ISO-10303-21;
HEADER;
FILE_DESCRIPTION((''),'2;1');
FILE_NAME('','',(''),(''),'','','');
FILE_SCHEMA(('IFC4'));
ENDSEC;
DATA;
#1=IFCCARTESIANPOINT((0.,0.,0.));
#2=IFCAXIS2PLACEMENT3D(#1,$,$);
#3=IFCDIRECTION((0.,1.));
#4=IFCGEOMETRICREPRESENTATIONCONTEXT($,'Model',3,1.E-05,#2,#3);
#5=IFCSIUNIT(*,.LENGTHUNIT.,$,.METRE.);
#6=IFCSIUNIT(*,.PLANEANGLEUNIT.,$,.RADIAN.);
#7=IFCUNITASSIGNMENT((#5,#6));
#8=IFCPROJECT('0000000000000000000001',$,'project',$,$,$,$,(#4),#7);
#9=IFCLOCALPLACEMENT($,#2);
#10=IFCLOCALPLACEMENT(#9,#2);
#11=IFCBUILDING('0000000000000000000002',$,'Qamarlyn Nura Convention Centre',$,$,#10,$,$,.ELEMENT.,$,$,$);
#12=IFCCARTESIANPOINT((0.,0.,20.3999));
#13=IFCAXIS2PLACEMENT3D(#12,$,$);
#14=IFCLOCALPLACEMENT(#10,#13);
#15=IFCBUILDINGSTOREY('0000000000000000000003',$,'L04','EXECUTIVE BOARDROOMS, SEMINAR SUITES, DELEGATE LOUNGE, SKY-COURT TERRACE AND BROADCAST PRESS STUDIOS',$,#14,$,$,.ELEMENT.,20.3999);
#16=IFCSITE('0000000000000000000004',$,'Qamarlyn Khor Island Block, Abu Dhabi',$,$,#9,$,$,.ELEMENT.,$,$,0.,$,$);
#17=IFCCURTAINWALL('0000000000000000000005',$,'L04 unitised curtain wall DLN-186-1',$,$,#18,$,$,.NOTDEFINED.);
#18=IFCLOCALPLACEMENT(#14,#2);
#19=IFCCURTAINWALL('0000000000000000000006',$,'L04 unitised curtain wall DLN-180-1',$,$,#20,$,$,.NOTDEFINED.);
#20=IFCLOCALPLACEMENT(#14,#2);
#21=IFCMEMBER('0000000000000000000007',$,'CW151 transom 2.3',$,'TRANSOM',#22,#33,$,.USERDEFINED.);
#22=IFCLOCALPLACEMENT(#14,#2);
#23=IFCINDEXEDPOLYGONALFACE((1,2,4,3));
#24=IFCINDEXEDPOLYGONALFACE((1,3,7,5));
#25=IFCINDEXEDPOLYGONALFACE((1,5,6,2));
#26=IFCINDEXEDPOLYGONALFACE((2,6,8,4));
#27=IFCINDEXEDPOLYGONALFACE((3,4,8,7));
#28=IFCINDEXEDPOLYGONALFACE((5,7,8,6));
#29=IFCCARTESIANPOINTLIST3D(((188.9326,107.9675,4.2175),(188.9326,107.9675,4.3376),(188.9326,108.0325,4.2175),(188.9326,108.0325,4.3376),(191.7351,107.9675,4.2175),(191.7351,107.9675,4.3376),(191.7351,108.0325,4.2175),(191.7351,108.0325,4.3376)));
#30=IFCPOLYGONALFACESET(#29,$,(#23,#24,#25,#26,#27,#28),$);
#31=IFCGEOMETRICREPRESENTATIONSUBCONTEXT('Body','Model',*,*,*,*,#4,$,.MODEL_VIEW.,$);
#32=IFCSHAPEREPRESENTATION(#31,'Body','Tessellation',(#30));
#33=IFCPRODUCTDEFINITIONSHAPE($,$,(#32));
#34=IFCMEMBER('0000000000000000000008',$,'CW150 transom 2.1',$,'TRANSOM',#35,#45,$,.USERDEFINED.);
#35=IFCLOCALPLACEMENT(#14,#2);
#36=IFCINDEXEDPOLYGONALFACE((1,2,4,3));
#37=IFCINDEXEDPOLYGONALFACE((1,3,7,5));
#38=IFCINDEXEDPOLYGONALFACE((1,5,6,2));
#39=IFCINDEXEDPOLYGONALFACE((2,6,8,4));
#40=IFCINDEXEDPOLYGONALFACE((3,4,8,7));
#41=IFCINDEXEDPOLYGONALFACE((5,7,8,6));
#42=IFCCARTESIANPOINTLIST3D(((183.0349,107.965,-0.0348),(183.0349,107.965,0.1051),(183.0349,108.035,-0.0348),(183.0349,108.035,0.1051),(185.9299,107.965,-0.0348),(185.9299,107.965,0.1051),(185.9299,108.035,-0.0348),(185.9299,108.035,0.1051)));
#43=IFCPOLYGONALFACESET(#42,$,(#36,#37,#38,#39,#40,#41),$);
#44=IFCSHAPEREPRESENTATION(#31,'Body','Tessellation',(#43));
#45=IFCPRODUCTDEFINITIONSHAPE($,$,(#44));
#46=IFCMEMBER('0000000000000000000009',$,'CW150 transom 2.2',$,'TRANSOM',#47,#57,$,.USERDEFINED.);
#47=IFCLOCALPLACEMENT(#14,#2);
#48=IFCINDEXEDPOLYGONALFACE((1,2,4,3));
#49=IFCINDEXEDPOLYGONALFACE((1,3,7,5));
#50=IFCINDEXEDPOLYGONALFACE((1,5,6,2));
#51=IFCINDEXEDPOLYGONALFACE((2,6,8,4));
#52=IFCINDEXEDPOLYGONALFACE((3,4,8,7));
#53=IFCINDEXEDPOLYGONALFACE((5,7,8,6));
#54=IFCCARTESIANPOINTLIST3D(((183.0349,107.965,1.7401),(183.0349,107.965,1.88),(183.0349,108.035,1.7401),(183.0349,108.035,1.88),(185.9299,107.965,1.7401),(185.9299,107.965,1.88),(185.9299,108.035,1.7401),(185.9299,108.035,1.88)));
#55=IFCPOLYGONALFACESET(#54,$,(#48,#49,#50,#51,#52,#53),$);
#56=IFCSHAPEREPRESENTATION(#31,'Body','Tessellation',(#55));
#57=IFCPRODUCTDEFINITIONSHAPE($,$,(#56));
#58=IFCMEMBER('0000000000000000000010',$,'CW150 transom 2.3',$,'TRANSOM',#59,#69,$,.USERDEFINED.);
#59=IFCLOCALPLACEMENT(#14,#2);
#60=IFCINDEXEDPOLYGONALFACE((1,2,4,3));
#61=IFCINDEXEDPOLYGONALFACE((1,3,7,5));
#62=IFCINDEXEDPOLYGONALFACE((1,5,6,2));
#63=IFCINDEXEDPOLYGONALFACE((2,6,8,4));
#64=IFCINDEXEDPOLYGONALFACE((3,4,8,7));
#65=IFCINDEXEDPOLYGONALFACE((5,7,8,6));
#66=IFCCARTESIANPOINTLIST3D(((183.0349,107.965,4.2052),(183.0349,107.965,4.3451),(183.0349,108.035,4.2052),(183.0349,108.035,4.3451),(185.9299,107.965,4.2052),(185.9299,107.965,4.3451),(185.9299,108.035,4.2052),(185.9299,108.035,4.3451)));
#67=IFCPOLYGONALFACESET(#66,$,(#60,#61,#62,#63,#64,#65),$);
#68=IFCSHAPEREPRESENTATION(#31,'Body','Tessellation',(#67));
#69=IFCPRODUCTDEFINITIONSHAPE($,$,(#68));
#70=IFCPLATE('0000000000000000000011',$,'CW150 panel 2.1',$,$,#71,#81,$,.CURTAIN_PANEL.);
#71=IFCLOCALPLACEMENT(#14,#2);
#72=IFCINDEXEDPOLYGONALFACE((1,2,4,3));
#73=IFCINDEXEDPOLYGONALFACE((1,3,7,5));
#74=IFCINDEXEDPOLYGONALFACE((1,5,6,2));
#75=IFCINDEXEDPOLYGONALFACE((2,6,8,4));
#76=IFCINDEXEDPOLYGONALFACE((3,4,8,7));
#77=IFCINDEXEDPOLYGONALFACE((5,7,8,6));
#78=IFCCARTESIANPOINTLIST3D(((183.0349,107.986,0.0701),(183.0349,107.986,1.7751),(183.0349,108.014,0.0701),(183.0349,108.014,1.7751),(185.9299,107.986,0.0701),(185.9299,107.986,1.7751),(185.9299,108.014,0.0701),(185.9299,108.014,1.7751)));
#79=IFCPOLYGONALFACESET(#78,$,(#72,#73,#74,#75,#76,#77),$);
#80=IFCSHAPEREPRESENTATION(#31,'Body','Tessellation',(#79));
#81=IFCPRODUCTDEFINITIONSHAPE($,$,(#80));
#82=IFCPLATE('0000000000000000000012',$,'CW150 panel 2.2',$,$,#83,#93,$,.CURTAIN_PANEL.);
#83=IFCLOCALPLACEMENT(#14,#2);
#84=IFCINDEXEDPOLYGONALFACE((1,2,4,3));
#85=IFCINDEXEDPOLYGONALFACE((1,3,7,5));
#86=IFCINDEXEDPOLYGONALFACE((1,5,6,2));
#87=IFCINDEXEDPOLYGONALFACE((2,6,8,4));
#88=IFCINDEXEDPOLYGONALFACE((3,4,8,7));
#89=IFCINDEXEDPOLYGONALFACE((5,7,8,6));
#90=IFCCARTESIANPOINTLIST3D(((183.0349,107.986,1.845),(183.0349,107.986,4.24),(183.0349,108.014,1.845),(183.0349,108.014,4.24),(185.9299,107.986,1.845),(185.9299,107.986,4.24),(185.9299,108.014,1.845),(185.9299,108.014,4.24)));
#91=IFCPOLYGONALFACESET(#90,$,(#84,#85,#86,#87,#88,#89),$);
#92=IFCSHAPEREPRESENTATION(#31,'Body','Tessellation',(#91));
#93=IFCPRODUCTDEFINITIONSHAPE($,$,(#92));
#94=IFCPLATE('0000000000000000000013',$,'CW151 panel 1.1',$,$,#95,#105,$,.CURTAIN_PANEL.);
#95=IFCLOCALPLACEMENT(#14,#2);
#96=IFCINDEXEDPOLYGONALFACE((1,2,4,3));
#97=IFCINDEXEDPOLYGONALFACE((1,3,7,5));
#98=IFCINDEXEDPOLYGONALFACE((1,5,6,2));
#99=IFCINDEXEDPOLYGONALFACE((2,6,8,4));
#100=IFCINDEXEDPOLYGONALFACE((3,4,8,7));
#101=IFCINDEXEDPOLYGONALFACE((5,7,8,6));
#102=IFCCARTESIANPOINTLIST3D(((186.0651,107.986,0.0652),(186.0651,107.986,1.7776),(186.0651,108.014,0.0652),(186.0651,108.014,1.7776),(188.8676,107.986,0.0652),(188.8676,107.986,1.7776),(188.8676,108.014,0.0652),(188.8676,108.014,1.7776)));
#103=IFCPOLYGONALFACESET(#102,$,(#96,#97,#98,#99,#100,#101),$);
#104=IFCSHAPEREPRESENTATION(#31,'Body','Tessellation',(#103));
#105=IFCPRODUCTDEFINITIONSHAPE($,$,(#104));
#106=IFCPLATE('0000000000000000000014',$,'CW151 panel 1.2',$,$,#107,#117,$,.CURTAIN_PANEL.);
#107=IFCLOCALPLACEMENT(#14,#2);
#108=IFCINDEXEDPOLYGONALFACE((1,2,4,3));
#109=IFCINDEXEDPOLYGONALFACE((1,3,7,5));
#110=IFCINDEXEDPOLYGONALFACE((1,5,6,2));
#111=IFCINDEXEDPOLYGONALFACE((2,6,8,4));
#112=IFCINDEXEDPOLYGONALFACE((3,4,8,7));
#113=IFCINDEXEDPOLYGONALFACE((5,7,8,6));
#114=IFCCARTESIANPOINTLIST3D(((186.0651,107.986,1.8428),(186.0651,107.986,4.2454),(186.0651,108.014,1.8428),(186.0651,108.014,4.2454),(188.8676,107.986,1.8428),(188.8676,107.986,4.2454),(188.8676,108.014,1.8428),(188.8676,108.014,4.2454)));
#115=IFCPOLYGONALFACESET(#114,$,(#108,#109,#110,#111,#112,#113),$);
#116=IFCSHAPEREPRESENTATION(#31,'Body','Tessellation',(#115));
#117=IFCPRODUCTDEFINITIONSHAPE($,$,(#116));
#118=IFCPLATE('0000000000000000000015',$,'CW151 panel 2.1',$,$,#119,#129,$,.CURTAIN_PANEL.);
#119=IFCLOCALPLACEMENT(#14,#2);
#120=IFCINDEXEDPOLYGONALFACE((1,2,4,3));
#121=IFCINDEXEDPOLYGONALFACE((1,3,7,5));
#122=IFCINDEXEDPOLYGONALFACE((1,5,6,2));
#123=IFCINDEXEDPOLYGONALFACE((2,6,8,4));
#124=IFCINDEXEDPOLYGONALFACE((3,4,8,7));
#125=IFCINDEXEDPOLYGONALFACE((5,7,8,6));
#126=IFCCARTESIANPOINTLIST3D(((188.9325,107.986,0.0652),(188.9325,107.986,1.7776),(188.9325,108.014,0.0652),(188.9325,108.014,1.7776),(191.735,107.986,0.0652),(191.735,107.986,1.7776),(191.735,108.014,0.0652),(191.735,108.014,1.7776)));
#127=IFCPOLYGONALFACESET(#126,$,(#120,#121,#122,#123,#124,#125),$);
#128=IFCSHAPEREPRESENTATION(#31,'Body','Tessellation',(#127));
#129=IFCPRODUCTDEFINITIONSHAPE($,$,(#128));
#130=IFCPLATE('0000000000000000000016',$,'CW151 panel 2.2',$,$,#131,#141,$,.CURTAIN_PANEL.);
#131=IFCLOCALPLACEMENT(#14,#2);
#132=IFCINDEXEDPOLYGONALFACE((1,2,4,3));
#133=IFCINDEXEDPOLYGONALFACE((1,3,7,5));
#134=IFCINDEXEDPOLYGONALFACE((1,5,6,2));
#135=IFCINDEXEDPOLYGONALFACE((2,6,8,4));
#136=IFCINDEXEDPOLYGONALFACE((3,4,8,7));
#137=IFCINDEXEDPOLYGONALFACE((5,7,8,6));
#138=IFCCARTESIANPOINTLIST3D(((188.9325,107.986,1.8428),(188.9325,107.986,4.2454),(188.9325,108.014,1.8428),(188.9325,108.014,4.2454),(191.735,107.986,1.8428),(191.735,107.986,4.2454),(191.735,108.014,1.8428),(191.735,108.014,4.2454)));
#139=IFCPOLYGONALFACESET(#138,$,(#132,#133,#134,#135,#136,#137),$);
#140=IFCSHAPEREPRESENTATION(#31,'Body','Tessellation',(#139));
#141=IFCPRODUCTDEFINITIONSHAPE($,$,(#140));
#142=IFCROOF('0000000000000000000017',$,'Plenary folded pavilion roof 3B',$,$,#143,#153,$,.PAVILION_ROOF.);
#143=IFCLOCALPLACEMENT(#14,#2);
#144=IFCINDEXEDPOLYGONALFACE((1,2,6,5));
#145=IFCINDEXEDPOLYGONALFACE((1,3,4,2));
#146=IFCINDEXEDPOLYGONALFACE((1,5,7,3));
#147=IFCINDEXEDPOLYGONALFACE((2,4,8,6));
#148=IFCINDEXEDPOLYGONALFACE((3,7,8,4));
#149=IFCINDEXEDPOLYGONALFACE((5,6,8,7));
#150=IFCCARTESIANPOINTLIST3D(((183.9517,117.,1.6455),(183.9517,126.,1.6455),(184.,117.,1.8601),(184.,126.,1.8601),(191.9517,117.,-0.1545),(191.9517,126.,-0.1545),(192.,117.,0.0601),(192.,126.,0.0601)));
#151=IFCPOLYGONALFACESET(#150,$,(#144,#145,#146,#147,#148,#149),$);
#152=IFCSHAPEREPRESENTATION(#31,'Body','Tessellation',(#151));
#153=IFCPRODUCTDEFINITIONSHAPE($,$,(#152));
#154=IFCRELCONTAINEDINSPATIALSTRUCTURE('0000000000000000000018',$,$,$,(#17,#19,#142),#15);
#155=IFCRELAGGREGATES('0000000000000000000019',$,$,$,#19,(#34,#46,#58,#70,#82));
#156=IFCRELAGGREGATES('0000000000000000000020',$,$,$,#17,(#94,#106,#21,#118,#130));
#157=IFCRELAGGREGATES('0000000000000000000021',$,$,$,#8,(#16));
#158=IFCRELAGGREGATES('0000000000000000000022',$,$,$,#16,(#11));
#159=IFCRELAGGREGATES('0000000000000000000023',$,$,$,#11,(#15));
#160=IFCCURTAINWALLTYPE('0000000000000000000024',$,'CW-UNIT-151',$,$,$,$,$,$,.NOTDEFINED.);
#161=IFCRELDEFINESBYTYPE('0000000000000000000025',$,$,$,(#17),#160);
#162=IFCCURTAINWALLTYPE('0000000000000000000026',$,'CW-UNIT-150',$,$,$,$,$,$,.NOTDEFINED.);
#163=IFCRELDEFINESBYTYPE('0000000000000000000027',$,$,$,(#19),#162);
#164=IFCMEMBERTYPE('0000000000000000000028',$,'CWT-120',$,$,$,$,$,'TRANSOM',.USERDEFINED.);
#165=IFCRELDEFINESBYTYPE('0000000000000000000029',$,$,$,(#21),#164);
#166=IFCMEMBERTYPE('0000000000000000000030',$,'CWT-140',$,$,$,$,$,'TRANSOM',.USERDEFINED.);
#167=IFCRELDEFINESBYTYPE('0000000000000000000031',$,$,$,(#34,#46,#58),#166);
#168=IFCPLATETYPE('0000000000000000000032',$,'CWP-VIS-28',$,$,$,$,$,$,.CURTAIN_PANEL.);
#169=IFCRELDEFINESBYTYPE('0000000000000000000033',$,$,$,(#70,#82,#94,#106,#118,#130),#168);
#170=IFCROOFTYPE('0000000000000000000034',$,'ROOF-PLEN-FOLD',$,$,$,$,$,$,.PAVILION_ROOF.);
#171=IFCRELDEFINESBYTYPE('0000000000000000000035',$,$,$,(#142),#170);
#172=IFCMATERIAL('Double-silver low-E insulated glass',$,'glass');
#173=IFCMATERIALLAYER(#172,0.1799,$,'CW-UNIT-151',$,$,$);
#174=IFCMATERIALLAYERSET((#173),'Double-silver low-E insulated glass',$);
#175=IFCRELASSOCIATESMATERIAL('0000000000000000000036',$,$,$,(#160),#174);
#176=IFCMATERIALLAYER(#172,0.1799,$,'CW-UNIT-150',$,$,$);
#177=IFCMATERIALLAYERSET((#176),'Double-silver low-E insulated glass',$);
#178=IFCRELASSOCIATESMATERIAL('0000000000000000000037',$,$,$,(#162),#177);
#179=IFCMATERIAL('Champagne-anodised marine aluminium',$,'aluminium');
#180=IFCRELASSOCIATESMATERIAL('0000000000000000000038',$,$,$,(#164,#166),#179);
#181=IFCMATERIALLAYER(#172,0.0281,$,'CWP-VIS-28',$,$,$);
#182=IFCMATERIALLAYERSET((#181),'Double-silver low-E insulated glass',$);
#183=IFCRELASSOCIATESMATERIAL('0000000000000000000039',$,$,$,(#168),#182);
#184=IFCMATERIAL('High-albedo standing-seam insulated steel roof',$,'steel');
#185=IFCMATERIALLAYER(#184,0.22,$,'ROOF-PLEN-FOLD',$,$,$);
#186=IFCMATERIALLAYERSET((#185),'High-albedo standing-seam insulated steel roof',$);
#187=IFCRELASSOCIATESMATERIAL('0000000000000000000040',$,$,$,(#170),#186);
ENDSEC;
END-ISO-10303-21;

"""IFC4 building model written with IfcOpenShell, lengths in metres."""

from ifc_helpers import new_model, si_unit, direction, frame, origin, origin_2d, place, context, subcontext, project, spatial, polyline, rectangle, outline, extrude, material, layer, layer_set, material_profile, profile_set, type_object, element, aggregate, save


model = new_model("IFC4")

# Units and contexts
model_context = context("Model", 3, precision=1e-05, world=origin(), true_north=direction((0.0, 1.0)))
body_context = subcontext(model_context, "Body", "Model", "MODEL_VIEW")
ifc_project = project(units=[si_unit("LENGTHUNIT", "METRE"), si_unit("PLANEANGLEUNIT", "RADIAN")], contexts=[model_context])

# Site, building, storey
site_placement = place(None, origin())
site = spatial("IfcSite", under=ifc_project, at=site_placement, Name="Qamarlyn Khor Island Block, Abu Dhabi", CompositionType="ELEMENT", RefElevation=0.0)
building_placement = place(site_placement, origin())
building = spatial("IfcBuilding", under=site, at=building_placement, Name="Qamarlyn Nura Convention Centre", CompositionType="ELEMENT")
storey_placement = place(building_placement, frame((0.0, 0.0, 20.3999)))
storey = spatial("IfcBuildingStorey", under=building, at=storey_placement, Name="L04", Description="EXECUTIVE BOARDROOMS, SEMINAR SUITES, DELEGATE LOUNGE, SKY-COURT TERRACE AND BROADCAST PRESS STUDIOS", CompositionType="ELEMENT", Elevation=20.3999)

# Curtain walls
ifc_material_1 = material(Name="Double-silver low-E insulated glass", Category="glass")
ifc_layer_1 = layer(ifc_material_1, 0.1799, Name="CW-UNIT-151")
ifc_layer_set_1 = layer_set([ifc_layer_1], Name="Double-silver low-E insulated glass")
curtain_wall_type_1 = type_object("IfcCurtainWallType", Name="CW-UNIT-151", PredefinedType="NOTDEFINED", material=ifc_layer_set_1)
curtain_wall_1_placement = place(storey_placement, origin())
curtain_wall_1 = element("IfcCurtainWall", 1, at=curtain_wall_1_placement, inside=storey, type_object=curtain_wall_type_1, Name="L04 unitised curtain wall DLN-186-1", PredefinedType="NOTDEFINED")
ifc_material_2 = material(Name="Champagne-anodised marine aluminium", Category="aluminium")
ifc_layer_2 = layer(ifc_material_1, 0.1799, Name="CW-UNIT-150")
ifc_layer_set_2 = layer_set([ifc_layer_2], Name="Double-silver low-E insulated glass")
curtain_wall_type_2 = type_object("IfcCurtainWallType", Name="CW-UNIT-150", PredefinedType="NOTDEFINED", material=ifc_layer_set_2)
curtain_wall_2_placement = place(storey_placement, origin())
curtain_wall_2 = element("IfcCurtainWall", 2, at=curtain_wall_2_placement, inside=storey, type_object=curtain_wall_type_2, Name="L04 unitised curtain wall DLN-180-1", PredefinedType="NOTDEFINED")

# Members
ifc_material_profile_1 = material_profile(ifc_material_2, rectangle(XDim=0.0649, YDim=0.1201, at=origin_2d()), Name="ALU TRANSOM 65x120")
ifc_profile_set_1 = profile_set([ifc_material_profile_1], Name="Champagne-anodised marine aluminium")
member_type_1 = type_object("IfcMemberType", Name="CWT-120", ElementType="TRANSOM", PredefinedType="USERDEFINED", material=ifc_profile_set_1)
member_1_placement = place(storey_placement, frame((188.9326, 108.0, 4.2776), z_axis=(1.0, 0.0, 0.0), x_axis=(0.0, 1.0, 0.0)))
member_1 = element("IfcMember", 3, at=member_1_placement, type_object=member_type_1, Name="CW151 transom 2.3", ObjectType="TRANSOM", PredefinedType="USERDEFINED", context=body_context, shape_type="SweptSolid", body=[
    extrude(rectangle(XDim=0.0649, YDim=0.1201, at=origin_2d()), origin(), (0.0, 0.0, 1.0), 2.8025),
])
ifc_material_profile_2 = material_profile(ifc_material_2, rectangle(XDim=0.0701, YDim=0.1399, at=origin_2d()), Name="ALU TRANSOM 70x140")
ifc_profile_set_2 = profile_set([ifc_material_profile_2], Name="Champagne-anodised marine aluminium")
member_type_2 = type_object("IfcMemberType", Name="CWT-140", ElementType="TRANSOM", PredefinedType="USERDEFINED", material=ifc_profile_set_2)
member_2_placement = place(storey_placement, frame((183.0349, 108.0, 0.0352), z_axis=(1.0, 0.0, 0.0), x_axis=(0.0, 1.0, 0.0)))
member_2 = element("IfcMember", 4, at=member_2_placement, type_object=member_type_2, Name="CW150 transom 2.1", ObjectType="TRANSOM", PredefinedType="USERDEFINED", context=body_context, shape_type="SweptSolid", body=[
    extrude(rectangle(XDim=0.0701, YDim=0.1399, at=origin_2d()), origin(), (0.0, 0.0, 1.0), 2.895),
])
member_3_placement = place(storey_placement, frame((183.0349, 108.0, 1.8101), z_axis=(1.0, 0.0, 0.0), x_axis=(0.0, 1.0, 0.0)))
member_3 = element("IfcMember", 5, at=member_3_placement, type_object=member_type_2, Name="CW150 transom 2.2", ObjectType="TRANSOM", PredefinedType="USERDEFINED", context=body_context, shape_type="SweptSolid", body=[
    extrude(rectangle(XDim=0.0701, YDim=0.1399, at=origin_2d()), origin(), (0.0, 0.0, 1.0), 2.895),
])
member_4_placement = place(storey_placement, frame((183.0349, 108.0, 4.2751), z_axis=(1.0, 0.0, 0.0), x_axis=(0.0, 1.0, 0.0)))
member_4 = element("IfcMember", 6, at=member_4_placement, type_object=member_type_2, Name="CW150 transom 2.3", ObjectType="TRANSOM", PredefinedType="USERDEFINED", context=body_context, shape_type="SweptSolid", body=[
    extrude(rectangle(XDim=0.0701, YDim=0.1399, at=origin_2d()), origin(), (0.0, 0.0, 1.0), 2.895),
])

# Plates
ifc_layer_3 = layer(ifc_material_1, 0.0281, Name="CWP-VIS-28")
ifc_layer_set_3 = layer_set([ifc_layer_3], Name="Double-silver low-E insulated glass")
plate_type = type_object("IfcPlateType", Name="CWP-VIS-28", PredefinedType="CURTAIN_PANEL", material=ifc_layer_set_3)
plate_1_placement = place(storey_placement, frame((184.4824, 108.0, 0.0701), z_axis=(0.0, 0.0, 1.0), x_axis=(1.0, 0.0, 0.0)))
plate_1 = element("IfcPlate", 7, at=plate_1_placement, type_object=plate_type, Name="CW150 panel 2.1", PredefinedType="CURTAIN_PANEL", context=body_context, shape_type="SweptSolid", body=[
    extrude(rectangle(XDim=2.895, YDim=0.0281, at=origin_2d()), origin(), (0.0, 0.0, 1.0), 1.7051),
])
plate_2_placement = place(storey_placement, frame((184.4824, 108.0, 1.845), z_axis=(0.0, 0.0, 1.0), x_axis=(1.0, 0.0, 0.0)))
plate_2 = element("IfcPlate", 8, at=plate_2_placement, type_object=plate_type, Name="CW150 panel 2.2", PredefinedType="CURTAIN_PANEL", context=body_context, shape_type="SweptSolid", body=[
    extrude(rectangle(XDim=2.895, YDim=0.0281, at=origin_2d()), origin(), (0.0, 0.0, 1.0), 2.395),
])
aggregate(curtain_wall_2, [member_2, member_3, member_4, plate_1, plate_2])
plate_3_placement = place(storey_placement, frame((187.4663, 108.0, 0.0652), z_axis=(0.0, 0.0, 1.0), x_axis=(1.0, 0.0, 0.0)))
plate_3 = element("IfcPlate", 9, at=plate_3_placement, type_object=plate_type, Name="CW151 panel 1.1", PredefinedType="CURTAIN_PANEL", context=body_context, shape_type="SweptSolid", body=[
    extrude(rectangle(XDim=2.8025, YDim=0.0281, at=origin_2d()), origin(), (0.0, 0.0, 1.0), 1.7124),
])
plate_4_placement = place(storey_placement, frame((187.4663, 108.0, 1.8428), z_axis=(0.0, 0.0, 1.0), x_axis=(1.0, 0.0, 0.0)))
plate_4 = element("IfcPlate", 10, at=plate_4_placement, type_object=plate_type, Name="CW151 panel 1.2", PredefinedType="CURTAIN_PANEL", context=body_context, shape_type="SweptSolid", body=[
    extrude(rectangle(XDim=2.8025, YDim=0.0281, at=origin_2d()), origin(), (0.0, 0.0, 1.0), 2.4026),
])
plate_5_placement = place(storey_placement, frame((190.3337, 108.0, 0.0652), z_axis=(0.0, 0.0, 1.0), x_axis=(1.0, 0.0, 0.0)))
plate_5 = element("IfcPlate", 11, at=plate_5_placement, type_object=plate_type, Name="CW151 panel 2.1", PredefinedType="CURTAIN_PANEL", context=body_context, shape_type="SweptSolid", body=[
    extrude(rectangle(XDim=2.8025, YDim=0.0281, at=origin_2d()), origin(), (0.0, 0.0, 1.0), 1.7124),
])
plate_6_placement = place(storey_placement, frame((190.3337, 108.0, 1.8428), z_axis=(0.0, 0.0, 1.0), x_axis=(1.0, 0.0, 0.0)))
plate_6 = element("IfcPlate", 12, at=plate_6_placement, type_object=plate_type, Name="CW151 panel 2.2", PredefinedType="CURTAIN_PANEL", context=body_context, shape_type="SweptSolid", body=[
    extrude(rectangle(XDim=2.8025, YDim=0.0281, at=origin_2d()), origin(), (0.0, 0.0, 1.0), 2.4026),
])
aggregate(curtain_wall_1, [plate_3, plate_4, member_1, plate_5, plate_6])

# Roof
ifc_material_3 = material(Name="High-albedo standing-seam insulated steel roof", Category="steel")
ifc_layer_4 = layer(ifc_material_3, 0.22, Name="ROOF-PLEN-FOLD")
ifc_layer_set_4 = layer_set([ifc_layer_4], Name="High-albedo standing-seam insulated steel roof")
roof_type = type_object("IfcRoofType", Name="ROOF-PLEN-FOLD", PredefinedType="PAVILION_ROOF", material=ifc_layer_set_4)
roof_placement = place(storey_placement, frame((184.0, 117.0, 1.8601), z_axis=(0.219518, 0.0, 0.975608), x_axis=(0.975608, 0.0, -0.219518)))
element("IfcRoof", 13, at=roof_placement, inside=storey, type_object=roof_type, Name="Plenary folded pavilion roof 3B", PredefinedType="PAVILION_ROOF", context=body_context, shape_type="SweptSolid", body=[
    extrude(outline(polyline([(0.0, 0.0), (8.2, 0.0), (8.2, 9.0), (0.0, 9.0), (0.0, 0.0)])), origin(), (0.0, 0.0, -1.0), 0.22),
])

save(model, "model.ifc")
